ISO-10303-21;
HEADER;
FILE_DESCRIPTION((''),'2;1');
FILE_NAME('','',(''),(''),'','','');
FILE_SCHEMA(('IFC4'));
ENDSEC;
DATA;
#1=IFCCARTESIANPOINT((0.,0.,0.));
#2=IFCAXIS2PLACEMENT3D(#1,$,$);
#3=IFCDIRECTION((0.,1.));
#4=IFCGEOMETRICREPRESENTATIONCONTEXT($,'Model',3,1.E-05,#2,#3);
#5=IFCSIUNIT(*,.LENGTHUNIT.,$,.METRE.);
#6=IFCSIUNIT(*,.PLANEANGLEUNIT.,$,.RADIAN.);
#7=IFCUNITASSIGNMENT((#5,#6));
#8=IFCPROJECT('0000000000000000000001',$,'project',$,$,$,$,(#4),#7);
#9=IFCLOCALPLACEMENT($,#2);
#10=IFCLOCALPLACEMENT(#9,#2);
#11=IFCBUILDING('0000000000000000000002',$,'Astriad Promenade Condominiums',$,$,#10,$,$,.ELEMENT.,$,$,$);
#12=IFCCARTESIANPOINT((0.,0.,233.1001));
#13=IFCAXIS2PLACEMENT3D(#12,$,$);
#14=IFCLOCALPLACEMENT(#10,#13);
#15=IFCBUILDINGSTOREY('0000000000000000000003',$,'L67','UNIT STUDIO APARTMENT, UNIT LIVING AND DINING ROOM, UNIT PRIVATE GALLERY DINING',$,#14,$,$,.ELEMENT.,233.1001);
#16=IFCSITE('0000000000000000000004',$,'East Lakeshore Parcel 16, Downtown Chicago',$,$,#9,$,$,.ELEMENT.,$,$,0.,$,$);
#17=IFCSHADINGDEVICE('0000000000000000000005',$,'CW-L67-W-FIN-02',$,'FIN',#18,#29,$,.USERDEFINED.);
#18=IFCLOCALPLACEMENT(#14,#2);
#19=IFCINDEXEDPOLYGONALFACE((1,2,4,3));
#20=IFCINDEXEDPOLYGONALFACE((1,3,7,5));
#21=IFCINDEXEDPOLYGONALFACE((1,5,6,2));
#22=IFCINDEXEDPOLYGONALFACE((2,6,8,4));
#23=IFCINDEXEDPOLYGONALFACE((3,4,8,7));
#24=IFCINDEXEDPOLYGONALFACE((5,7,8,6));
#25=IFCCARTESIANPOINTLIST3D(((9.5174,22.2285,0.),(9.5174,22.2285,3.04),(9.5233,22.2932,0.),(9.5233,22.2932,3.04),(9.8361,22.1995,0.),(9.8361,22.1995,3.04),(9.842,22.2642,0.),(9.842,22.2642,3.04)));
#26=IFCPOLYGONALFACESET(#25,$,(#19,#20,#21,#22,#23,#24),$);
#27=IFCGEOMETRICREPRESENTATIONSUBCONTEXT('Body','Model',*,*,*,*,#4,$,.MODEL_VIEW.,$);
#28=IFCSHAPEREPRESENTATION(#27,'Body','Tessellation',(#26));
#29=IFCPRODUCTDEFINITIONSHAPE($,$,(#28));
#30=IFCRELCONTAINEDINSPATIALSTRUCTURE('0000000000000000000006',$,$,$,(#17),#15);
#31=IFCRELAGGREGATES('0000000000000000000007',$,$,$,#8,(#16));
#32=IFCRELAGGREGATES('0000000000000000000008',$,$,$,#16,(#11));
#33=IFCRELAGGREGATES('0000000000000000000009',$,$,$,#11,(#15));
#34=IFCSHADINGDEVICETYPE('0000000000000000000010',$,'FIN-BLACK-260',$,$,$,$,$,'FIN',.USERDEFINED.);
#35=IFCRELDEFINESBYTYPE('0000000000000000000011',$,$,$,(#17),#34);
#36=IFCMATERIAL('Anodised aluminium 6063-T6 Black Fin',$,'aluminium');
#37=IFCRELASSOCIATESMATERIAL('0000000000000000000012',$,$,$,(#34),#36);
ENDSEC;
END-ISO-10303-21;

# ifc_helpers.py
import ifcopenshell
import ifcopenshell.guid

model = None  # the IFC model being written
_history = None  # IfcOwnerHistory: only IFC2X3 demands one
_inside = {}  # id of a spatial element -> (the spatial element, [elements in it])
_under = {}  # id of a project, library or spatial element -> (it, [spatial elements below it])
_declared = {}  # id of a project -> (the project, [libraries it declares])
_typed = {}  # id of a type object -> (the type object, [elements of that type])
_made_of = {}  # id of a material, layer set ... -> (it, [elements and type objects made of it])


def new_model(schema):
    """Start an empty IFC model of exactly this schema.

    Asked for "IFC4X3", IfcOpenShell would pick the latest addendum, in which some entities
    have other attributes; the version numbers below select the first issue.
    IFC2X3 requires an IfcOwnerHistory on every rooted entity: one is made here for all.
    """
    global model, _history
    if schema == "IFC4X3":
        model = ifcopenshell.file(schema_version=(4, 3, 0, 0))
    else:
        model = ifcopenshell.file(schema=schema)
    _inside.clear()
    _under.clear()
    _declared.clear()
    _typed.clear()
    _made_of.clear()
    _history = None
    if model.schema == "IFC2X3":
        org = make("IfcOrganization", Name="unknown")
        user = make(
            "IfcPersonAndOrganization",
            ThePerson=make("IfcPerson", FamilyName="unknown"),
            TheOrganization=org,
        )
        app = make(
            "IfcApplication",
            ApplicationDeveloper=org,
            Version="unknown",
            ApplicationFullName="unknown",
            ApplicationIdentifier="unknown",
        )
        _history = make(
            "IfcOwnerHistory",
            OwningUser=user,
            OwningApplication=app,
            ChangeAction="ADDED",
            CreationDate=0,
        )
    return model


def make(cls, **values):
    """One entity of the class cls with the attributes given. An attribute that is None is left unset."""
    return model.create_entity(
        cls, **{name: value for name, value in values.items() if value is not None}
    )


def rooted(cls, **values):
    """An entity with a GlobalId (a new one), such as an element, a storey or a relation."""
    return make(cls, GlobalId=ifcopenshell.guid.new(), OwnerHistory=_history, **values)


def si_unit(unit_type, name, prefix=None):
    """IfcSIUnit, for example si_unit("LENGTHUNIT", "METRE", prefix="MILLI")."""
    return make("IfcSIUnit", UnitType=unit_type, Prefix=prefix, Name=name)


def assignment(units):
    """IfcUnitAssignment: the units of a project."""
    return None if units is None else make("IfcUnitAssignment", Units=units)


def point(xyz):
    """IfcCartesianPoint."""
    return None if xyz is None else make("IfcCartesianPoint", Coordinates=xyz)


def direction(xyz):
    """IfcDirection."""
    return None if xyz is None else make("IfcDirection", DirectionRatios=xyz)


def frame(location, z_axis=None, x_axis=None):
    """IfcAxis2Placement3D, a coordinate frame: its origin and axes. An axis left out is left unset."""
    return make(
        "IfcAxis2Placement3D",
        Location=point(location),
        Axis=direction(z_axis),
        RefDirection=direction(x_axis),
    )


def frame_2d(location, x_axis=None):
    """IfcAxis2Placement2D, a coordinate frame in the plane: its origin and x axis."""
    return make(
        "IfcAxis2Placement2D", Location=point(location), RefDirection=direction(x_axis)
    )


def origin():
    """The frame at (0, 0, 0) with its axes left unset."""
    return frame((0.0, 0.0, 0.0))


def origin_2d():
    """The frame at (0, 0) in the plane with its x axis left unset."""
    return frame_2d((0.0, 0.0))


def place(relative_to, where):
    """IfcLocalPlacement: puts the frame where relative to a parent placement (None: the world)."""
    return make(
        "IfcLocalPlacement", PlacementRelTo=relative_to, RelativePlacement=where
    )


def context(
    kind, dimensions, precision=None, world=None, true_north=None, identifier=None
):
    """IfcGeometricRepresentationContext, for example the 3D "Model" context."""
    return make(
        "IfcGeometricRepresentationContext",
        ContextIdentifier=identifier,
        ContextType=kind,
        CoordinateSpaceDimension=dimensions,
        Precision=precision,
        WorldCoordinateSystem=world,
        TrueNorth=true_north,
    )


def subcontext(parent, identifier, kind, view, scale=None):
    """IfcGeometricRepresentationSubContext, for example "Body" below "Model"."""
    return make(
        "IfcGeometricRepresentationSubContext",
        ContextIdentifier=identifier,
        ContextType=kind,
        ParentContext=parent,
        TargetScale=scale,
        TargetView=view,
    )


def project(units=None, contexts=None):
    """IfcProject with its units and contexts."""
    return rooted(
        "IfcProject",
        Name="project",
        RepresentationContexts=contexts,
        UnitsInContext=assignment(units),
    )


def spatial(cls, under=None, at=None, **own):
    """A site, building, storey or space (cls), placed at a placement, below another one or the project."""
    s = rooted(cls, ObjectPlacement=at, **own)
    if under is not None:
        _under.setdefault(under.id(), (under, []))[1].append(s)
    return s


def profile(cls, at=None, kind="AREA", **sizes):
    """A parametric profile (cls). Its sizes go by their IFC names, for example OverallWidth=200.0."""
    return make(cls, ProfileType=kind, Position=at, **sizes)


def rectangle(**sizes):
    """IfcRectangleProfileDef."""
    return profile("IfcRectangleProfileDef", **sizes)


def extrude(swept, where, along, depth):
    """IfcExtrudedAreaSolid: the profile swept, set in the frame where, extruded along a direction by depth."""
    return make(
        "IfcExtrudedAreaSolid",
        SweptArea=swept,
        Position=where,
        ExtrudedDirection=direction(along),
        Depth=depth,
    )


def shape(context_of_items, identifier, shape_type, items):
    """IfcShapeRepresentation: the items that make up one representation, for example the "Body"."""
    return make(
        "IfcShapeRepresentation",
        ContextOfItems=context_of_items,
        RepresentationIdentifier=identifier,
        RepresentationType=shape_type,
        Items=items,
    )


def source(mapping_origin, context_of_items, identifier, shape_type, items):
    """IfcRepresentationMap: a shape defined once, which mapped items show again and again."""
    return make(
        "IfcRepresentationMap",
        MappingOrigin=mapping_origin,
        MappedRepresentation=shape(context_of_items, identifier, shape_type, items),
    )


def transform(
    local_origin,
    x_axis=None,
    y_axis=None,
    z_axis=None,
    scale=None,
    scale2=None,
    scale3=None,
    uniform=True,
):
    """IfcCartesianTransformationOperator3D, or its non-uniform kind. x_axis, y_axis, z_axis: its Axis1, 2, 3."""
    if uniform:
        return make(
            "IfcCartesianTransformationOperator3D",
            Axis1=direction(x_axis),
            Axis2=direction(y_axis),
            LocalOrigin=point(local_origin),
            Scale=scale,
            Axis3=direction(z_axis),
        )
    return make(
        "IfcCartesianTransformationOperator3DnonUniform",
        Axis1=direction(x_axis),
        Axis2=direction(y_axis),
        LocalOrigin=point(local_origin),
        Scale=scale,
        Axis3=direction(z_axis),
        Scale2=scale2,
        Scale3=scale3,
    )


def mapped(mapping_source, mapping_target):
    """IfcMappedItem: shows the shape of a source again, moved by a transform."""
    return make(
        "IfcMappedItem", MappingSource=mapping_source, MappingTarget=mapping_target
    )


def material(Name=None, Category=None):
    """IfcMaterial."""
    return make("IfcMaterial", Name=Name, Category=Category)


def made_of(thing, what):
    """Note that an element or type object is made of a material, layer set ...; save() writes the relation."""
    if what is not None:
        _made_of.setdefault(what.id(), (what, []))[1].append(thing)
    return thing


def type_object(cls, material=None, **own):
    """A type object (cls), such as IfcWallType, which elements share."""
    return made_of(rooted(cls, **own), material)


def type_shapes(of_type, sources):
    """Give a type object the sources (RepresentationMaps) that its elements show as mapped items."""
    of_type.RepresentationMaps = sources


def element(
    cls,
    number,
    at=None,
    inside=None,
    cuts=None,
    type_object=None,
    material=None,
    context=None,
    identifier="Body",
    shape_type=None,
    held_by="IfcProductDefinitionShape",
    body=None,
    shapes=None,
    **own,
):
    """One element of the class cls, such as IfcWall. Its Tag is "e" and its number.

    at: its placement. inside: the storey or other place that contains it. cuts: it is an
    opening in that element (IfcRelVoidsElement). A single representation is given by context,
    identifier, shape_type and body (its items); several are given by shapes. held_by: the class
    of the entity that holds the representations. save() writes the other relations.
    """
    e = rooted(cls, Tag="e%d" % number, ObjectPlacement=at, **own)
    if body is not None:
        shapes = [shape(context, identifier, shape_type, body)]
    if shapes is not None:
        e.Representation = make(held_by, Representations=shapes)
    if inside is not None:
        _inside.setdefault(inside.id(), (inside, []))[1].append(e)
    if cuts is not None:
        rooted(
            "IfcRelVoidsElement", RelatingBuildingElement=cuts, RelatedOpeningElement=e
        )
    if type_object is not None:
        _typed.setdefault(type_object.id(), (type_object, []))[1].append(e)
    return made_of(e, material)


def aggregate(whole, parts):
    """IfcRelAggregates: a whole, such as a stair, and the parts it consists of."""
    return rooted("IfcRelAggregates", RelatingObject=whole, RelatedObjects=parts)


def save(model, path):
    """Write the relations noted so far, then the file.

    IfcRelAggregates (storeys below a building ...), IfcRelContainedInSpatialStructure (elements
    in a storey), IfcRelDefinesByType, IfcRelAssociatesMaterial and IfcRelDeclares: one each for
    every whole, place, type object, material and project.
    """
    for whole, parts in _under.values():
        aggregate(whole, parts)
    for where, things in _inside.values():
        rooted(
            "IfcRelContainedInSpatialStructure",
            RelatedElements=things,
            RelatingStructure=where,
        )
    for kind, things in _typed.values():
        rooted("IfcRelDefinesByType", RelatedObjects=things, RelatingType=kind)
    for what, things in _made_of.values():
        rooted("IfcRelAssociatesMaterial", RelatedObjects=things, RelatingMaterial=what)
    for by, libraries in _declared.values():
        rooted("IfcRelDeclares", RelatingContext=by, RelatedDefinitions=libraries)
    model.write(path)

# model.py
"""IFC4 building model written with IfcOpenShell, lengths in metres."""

from ifc_helpers import new_model, si_unit, direction, frame, origin, origin_2d, place, context, subcontext, project, spatial, rectangle, extrude, source, transform, mapped, material, type_object, type_shapes, element, save


model = new_model("IFC4")

# Units and contexts
model_context = context("Model", 3, precision=1e-05, world=origin(), true_north=direction((0.0, 1.0)))
body_context = subcontext(model_context, "Body", "Model", "MODEL_VIEW")
ifc_project = project(units=[si_unit("LENGTHUNIT", "METRE"), si_unit("PLANEANGLEUNIT", "RADIAN")], contexts=[model_context])

# Site, building, storey
site_placement = place(None, origin())
site = spatial("IfcSite", under=ifc_project, at=site_placement, Name="East Lakeshore Parcel 16, Downtown Chicago", CompositionType="ELEMENT", RefElevation=0.0)
building_placement = place(site_placement, origin())
building = spatial("IfcBuilding", under=site, at=building_placement, Name="Astriad Promenade Condominiums", CompositionType="ELEMENT")
storey_placement = place(building_placement, frame((0.0, 0.0, 233.1001)))
storey = spatial("IfcBuildingStorey", under=building, at=storey_placement, Name="L67", Description="UNIT STUDIO APARTMENT, UNIT LIVING AND DINING ROOM, UNIT PRIVATE GALLERY DINING", CompositionType="ELEMENT", Elevation=233.1001)

# Shading device
ifc_material_1 = material(Name="Anodised aluminium 6063-T6 Black Fin", Category="aluminium")
shading_device_type = type_object("IfcShadingDeviceType", Name="FIN-BLACK-260", ElementType="FIN", PredefinedType="USERDEFINED", material=ifc_material_1)
shared_shape_1 = source(origin(), body_context, "Body", "SweptSolid", [
    extrude(rectangle(XDim=0.0649, YDim=0.3201, at=origin_2d()), origin(), (0.0, 0.0, 1.0), 3.04),
])
type_shapes(shading_device_type, [shared_shape_1])
shading_device_placement = place(storey_placement, frame((9.6797, 22.2463, 0.0), z_axis=(0.0, 0.0, 1.0), x_axis=(0.090633, 0.995884, 0.0)))
element("IfcShadingDevice", 1, at=shading_device_placement, inside=storey, type_object=shading_device_type, Name="CW-L67-W-FIN-02", ObjectType="FIN", PredefinedType="USERDEFINED", context=body_context, shape_type="MappedRepresentation", body=[
    mapped(shared_shape_1, transform((0.0, 0.0, 0.0), scale=1.0)),
])

save(model, "model.ifc")
